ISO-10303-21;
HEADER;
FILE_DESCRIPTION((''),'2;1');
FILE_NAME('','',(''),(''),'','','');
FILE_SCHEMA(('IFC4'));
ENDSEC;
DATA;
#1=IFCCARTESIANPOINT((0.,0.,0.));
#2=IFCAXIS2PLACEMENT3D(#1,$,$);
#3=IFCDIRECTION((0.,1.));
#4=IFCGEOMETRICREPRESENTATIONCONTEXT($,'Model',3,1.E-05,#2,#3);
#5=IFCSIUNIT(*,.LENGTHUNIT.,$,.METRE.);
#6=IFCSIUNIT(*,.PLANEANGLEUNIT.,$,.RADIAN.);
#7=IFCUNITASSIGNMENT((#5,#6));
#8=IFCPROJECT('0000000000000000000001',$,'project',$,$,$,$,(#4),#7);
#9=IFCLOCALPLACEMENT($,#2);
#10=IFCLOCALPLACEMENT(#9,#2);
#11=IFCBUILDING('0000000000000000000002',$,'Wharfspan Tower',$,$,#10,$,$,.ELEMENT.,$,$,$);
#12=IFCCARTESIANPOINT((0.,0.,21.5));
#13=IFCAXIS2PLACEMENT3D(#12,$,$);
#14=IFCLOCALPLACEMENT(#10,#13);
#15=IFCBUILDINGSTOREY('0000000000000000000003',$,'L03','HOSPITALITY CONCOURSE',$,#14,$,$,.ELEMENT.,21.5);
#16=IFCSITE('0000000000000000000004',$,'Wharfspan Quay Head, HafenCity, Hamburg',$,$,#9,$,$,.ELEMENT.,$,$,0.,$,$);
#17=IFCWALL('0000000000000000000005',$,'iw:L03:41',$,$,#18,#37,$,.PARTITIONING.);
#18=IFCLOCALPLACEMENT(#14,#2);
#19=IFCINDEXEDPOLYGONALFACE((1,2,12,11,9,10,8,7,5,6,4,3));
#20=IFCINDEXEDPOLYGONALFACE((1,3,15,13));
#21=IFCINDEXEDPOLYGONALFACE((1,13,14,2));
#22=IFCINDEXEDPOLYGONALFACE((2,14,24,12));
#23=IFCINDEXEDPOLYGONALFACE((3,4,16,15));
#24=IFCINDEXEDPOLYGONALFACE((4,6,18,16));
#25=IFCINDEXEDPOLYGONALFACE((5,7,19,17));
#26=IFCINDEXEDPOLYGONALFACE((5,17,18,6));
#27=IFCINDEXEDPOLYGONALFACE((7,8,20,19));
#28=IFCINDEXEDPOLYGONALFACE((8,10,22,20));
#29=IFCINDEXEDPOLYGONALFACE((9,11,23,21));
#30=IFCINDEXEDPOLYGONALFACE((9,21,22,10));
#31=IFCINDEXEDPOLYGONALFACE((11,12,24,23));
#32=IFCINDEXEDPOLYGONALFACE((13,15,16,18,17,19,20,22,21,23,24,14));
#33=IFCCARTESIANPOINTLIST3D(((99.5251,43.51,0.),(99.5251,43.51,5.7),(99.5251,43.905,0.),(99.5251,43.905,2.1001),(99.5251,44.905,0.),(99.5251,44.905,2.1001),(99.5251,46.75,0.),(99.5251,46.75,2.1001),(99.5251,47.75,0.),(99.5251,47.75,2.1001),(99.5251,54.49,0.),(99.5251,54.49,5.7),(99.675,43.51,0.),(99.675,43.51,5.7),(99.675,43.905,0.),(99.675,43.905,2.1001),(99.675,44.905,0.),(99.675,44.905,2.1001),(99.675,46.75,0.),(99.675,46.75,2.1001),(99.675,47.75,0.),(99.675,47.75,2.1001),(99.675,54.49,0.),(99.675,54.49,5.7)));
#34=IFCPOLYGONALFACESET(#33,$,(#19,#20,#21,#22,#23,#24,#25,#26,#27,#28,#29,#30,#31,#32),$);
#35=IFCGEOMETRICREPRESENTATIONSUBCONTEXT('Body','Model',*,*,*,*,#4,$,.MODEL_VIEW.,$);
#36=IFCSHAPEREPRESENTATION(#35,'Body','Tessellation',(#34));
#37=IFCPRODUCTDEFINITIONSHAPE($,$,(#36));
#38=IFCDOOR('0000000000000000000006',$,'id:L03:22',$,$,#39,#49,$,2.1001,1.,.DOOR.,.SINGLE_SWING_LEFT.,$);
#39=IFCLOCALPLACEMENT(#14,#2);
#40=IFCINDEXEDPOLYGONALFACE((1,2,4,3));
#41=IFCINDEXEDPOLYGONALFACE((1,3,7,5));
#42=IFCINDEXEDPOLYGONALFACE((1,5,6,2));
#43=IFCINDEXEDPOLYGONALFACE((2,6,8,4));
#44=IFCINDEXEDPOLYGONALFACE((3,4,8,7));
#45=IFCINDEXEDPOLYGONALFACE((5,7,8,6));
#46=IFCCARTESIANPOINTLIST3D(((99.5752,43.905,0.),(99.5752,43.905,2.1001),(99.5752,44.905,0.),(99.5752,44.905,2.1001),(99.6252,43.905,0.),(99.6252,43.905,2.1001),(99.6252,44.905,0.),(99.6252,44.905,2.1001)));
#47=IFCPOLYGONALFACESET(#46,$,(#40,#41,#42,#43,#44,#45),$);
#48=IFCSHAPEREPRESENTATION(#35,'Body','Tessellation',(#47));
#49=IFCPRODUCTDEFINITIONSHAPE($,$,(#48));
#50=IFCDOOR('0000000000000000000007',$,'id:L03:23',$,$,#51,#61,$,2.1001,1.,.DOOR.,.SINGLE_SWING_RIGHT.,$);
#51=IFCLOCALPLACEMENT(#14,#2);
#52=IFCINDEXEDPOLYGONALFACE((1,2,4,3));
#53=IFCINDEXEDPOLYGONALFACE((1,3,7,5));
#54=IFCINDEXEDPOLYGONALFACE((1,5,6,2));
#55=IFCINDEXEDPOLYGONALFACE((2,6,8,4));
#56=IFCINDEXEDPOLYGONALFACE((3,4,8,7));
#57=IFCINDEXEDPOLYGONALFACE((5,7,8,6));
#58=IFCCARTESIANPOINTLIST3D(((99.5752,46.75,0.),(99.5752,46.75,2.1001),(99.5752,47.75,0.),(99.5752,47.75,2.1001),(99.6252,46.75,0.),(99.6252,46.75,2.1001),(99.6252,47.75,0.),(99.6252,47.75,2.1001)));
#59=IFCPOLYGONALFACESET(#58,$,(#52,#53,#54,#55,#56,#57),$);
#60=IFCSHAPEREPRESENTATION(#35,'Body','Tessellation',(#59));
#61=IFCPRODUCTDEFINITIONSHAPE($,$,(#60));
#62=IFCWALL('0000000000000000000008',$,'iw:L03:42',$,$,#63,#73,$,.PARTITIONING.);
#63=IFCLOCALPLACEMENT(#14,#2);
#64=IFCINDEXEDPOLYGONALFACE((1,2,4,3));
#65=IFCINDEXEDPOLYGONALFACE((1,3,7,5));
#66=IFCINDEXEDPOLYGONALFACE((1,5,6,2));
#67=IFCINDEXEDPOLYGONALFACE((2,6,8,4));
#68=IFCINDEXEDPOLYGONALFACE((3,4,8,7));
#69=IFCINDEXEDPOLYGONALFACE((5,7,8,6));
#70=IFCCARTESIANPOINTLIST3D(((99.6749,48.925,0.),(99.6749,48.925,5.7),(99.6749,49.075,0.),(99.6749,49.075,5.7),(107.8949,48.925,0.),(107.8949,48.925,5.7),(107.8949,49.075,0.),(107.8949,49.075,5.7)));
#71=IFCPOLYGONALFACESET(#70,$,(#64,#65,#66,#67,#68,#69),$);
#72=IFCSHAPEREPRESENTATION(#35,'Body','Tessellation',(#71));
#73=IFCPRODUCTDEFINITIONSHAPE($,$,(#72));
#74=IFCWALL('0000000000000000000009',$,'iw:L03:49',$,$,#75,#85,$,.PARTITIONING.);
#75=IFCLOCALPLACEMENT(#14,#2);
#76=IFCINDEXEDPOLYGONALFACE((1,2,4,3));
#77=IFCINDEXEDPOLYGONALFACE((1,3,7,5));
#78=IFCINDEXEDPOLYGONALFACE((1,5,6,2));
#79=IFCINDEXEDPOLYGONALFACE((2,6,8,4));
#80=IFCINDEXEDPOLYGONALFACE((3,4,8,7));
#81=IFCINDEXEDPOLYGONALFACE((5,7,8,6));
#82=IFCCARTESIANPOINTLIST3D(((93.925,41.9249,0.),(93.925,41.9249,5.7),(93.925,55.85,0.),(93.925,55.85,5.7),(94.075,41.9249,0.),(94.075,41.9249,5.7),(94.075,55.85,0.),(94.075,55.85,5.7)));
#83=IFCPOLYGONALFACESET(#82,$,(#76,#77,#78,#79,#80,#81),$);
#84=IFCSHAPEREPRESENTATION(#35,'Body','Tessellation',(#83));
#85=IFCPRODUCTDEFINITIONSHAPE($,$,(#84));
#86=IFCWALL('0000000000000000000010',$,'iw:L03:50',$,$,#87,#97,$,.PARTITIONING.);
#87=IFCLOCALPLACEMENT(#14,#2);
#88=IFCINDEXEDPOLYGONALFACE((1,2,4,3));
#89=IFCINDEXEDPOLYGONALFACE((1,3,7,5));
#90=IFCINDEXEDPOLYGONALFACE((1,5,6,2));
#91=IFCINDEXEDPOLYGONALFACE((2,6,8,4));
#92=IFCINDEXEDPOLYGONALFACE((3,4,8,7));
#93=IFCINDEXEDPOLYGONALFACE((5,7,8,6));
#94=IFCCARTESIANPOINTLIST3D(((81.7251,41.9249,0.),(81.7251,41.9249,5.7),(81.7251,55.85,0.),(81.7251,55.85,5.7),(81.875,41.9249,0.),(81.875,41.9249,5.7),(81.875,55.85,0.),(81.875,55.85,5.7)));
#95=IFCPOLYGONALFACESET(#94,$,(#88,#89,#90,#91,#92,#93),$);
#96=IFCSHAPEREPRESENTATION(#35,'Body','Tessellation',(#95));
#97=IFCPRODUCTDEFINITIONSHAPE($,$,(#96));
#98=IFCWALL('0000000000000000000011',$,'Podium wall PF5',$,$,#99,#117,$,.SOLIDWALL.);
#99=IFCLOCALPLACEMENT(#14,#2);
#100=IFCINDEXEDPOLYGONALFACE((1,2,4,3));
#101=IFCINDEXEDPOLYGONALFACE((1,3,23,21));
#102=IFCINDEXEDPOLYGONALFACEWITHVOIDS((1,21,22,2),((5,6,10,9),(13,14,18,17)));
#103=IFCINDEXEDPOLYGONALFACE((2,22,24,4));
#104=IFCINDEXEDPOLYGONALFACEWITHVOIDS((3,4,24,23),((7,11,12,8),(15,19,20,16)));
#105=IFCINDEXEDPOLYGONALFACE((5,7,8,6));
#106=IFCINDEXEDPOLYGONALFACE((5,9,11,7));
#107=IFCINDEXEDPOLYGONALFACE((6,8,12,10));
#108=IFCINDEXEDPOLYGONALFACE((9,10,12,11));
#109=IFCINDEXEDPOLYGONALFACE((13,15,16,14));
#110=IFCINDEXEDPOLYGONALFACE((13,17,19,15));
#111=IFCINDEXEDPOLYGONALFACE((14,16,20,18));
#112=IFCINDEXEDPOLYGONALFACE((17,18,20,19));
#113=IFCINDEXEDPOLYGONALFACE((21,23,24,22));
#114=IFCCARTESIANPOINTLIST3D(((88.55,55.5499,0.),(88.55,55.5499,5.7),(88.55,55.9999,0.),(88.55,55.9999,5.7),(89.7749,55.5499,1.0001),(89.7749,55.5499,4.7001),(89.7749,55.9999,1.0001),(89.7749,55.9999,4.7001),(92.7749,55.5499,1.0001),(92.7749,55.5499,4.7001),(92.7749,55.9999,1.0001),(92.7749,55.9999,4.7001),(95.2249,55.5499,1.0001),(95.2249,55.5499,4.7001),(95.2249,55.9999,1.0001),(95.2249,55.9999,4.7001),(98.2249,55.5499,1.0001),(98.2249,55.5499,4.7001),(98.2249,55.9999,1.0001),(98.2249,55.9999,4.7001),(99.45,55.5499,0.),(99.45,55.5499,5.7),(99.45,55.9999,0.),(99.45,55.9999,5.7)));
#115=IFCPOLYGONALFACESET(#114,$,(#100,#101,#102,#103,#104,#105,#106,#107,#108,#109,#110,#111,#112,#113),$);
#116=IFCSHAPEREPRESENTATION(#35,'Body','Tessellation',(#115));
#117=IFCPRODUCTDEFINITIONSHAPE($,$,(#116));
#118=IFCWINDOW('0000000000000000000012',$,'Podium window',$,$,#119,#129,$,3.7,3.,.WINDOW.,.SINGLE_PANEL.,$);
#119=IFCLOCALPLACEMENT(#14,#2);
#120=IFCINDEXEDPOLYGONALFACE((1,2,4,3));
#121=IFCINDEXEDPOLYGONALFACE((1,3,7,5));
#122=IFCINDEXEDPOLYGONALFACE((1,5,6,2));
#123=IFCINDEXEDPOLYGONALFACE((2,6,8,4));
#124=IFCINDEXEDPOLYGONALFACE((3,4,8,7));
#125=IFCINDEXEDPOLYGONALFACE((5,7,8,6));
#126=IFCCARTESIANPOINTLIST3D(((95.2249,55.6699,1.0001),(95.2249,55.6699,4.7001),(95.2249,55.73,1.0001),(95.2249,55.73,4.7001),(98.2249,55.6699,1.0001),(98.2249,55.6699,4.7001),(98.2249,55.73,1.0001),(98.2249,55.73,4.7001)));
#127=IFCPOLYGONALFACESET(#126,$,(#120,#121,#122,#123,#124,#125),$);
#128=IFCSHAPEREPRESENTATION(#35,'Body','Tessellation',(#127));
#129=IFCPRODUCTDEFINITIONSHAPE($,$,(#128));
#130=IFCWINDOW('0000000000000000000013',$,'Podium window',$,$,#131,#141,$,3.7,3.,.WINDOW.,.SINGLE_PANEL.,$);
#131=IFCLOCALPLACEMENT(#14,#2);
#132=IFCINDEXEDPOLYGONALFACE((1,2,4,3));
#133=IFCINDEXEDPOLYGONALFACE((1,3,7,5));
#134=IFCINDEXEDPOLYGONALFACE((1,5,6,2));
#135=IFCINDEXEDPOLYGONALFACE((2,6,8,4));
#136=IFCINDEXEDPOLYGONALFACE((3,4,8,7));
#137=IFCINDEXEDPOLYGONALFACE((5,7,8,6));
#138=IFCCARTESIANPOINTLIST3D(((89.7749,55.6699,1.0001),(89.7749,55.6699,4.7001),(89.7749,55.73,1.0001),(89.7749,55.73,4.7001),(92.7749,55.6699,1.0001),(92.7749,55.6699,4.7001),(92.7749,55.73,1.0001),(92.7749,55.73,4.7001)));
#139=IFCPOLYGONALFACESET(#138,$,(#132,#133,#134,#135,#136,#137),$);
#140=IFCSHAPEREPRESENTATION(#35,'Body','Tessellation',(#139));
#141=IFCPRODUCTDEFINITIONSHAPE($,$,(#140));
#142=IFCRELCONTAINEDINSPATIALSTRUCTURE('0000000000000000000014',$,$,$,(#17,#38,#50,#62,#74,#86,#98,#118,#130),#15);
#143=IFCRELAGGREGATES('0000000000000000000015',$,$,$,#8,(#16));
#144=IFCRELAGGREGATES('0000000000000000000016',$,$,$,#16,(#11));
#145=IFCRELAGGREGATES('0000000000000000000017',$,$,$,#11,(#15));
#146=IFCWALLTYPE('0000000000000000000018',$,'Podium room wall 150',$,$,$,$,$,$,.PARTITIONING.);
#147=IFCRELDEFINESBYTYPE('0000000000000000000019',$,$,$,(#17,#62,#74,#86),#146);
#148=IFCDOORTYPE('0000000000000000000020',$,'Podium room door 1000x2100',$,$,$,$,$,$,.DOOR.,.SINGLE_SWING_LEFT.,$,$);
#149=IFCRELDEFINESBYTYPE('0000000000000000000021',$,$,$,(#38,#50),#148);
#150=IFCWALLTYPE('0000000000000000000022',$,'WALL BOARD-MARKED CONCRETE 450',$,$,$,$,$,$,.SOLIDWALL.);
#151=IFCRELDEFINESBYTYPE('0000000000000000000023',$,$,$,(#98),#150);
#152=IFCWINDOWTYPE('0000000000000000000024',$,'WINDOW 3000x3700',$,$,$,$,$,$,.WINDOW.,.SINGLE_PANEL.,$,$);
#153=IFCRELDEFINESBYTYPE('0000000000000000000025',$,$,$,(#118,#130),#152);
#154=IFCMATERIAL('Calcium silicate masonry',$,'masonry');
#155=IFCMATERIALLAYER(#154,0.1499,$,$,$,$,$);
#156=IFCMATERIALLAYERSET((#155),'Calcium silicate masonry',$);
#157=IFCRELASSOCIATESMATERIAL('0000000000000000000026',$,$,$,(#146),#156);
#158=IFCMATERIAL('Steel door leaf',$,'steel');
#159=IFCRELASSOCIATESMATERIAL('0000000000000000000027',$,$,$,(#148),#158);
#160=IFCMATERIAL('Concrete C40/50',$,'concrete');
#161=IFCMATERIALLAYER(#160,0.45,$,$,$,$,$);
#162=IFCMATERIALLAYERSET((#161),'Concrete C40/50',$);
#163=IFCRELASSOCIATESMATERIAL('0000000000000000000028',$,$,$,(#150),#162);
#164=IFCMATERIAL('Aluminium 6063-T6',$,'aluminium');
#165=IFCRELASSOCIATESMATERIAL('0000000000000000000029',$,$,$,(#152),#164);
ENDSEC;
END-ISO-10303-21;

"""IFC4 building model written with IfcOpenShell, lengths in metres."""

from ifc_helpers import new_model, si_unit, direction, frame, frame_2d, origin, place, context, subcontext, project, spatial, rectangle, extrude, material, layer, layer_set, type_object, element, fill, save


model = new_model("IFC4")

# Units and contexts
model_context = context("Model", 3, precision=1e-05, world=origin(), true_north=direction((0.0, 1.0)))
body_context = subcontext(model_context, "Body", "Model", "MODEL_VIEW")
ifc_project = project(units=[si_unit("LENGTHUNIT", "METRE"), si_unit("PLANEANGLEUNIT", "RADIAN")], contexts=[model_context])

# Site, building, storey
site_placement = place(None, origin())
site = spatial("IfcSite", under=ifc_project, at=site_placement, Name="Wharfspan Quay Head, HafenCity, Hamburg", CompositionType="ELEMENT", RefElevation=0.0)
building_placement = place(site_placement, origin())
building = spatial("IfcBuilding", under=site, at=building_placement, Name="Wharfspan Tower", CompositionType="ELEMENT")
storey_placement = place(building_placement, frame((0.0, 0.0, 21.5)))
storey = spatial("IfcBuildingStorey", under=building, at=storey_placement, Name="L03", Description="HOSPITALITY CONCOURSE", CompositionType="ELEMENT", Elevation=21.5)

# Shared definitions
ifc_material_1 = material(Name="Calcium silicate masonry", Category="masonry")
ifc_layer_1 = layer(ifc_material_1, 0.1499)
ifc_layer_set_1 = layer_set([ifc_layer_1], Name="Calcium silicate masonry")
wall_type_1 = type_object("IfcWallType", Name="Podium room wall 150", PredefinedType="PARTITIONING", material=ifc_layer_set_1)
ifc_material_2 = material(Name="Steel door leaf", Category="steel")

# Wall, openings, doors
wall_1_placement = place(storey_placement, frame((99.6001, 43.51, 0.0), z_axis=(0.0, 0.0, 1.0), x_axis=(0.0, 1.0, 0.0)))
wall_1 = element("IfcWall", 1, at=wall_1_placement, inside=storey, type_object=wall_type_1, Name="iw:L03:41", PredefinedType="PARTITIONING", context=body_context, shape_type="SweptSolid", body=[
    extrude(rectangle(XDim=10.98, YDim=0.1499, at=frame_2d((5.49, 0.0))), origin(), (0.0, 0.0, 1.0), 5.7),
])
opening_1_placement = place(wall_1_placement, frame((0.395, 0.0, 0.0)))
opening_1 = element("IfcOpeningElement", 2, at=opening_1_placement, cuts=wall_1, PredefinedType="OPENING", context=body_context, shape_type="SweptSolid", body=[
    extrude(rectangle(XDim=1.0, YDim=2.1001, at=frame_2d((0.5, 1.05))), frame((0.0, 0.085, 0.0), z_axis=(0.0, -1.0, 0.0), x_axis=(1.0, 0.0, 0.0)), (0.0, 0.0, 1.0), 0.1699),
])
opening_2_placement = place(wall_1_placement, frame((3.24, 0.0, 0.0)))
opening_2 = element("IfcOpeningElement", 3, at=opening_2_placement, cuts=wall_1, PredefinedType="OPENING", context=body_context, shape_type="SweptSolid", body=[
    extrude(rectangle(XDim=1.0, YDim=2.1001, at=frame_2d((0.5, 1.05))), frame((0.0, 0.085, 0.0), z_axis=(0.0, -1.0, 0.0), x_axis=(1.0, 0.0, 0.0)), (0.0, 0.0, 1.0), 0.1699),
])
door_type_1 = type_object("IfcDoorType", Name="Podium room door 1000x2100", OperationType="SINGLE_SWING_LEFT", PredefinedType="DOOR", material=ifc_material_2)
door_1_placement = place(opening_1_placement, origin())
door_1 = element("IfcDoor", 4, at=door_1_placement, inside=storey, type_object=door_type_1, Name="id:L03:22", OperationType="SINGLE_SWING_LEFT", OverallHeight=2.1001, OverallWidth=1.0, PredefinedType="DOOR", context=body_context, shape_type="SweptSolid", body=[
    extrude(rectangle(XDim=1.0, YDim=2.1001, at=frame_2d((0.5, 1.05))), frame((0.0, 0.0249, 0.0), z_axis=(0.0, -1.0, 0.0), x_axis=(1.0, 0.0, 0.0)), (0.0, 0.0, 1.0), 0.05),
])
fill(opening_1, door_1)
door_2_placement = place(opening_2_placement, origin())
door_2 = element("IfcDoor", 5, at=door_2_placement, inside=storey, type_object=door_type_1, Name="id:L03:23", OperationType="SINGLE_SWING_RIGHT", OverallHeight=2.1001, OverallWidth=1.0, PredefinedType="DOOR", context=body_context, shape_type="SweptSolid", body=[
    extrude(rectangle(XDim=1.0, YDim=2.1001, at=frame_2d((0.5, 1.05))), frame((0.0, 0.0249, 0.0), z_axis=(0.0, -1.0, 0.0), x_axis=(1.0, 0.0, 0.0)), (0.0, 0.0, 1.0), 0.05),
])
fill(opening_2, door_2)

# Walls
wall_2_placement = place(storey_placement, frame((99.675, 49.0, 0.0), z_axis=(0.0, 0.0, 1.0), x_axis=(1.0, 0.0, 0.0)))
element("IfcWall", 6, at=wall_2_placement, inside=storey, type_object=wall_type_1, Name="iw:L03:42", PredefinedType="PARTITIONING", context=body_context, shape_type="SweptSolid", body=[
    extrude(rectangle(XDim=8.22, YDim=0.1499, at=frame_2d((4.1099, 0.0))), origin(), (0.0, 0.0, 1.0), 5.7),
])
for number, where, z_axis, x_axis, name in (
    (7, (94.0, 41.925, 0.0), (0.0, 0.0, 1.0), (0.0, 1.0, 0.0), "iw:L03:49"),
    (8, (81.8, 41.925, 0.0), (0.0, 0.0, 1.0), (0.0, 1.0, 0.0), "iw:L03:50"),
):
    element("IfcWall", number, at=place(storey_placement, frame(where, z_axis=z_axis, x_axis=x_axis)), inside=storey, type_object=wall_type_1, Name=name, PredefinedType="PARTITIONING", context=body_context, shape_type="SweptSolid", body=[
        extrude(rectangle(XDim=13.925, YDim=0.1499, at=frame_2d((6.9624, 0.0))), origin(), (0.0, 0.0, 1.0), 5.7),
    ])

# Wall, openings, windows
ifc_material_3 = material(Name="Concrete C40/50", Category="concrete")
ifc_layer_2 = layer(ifc_material_3, 0.45)
ifc_layer_set_2 = layer_set([ifc_layer_2], Name="Concrete C40/50")
wall_type_2 = type_object("IfcWallType", Name="WALL BOARD-MARKED CONCRETE 450", PredefinedType="SOLIDWALL", material=ifc_layer_set_2)
wall_3_placement = place(storey_placement, frame((99.45, 55.7749, 0.0), z_axis=(0.0, 0.0, 1.0), x_axis=(-1.0, 0.0, 0.0)))
wall_3 = element("IfcWall", 9, at=wall_3_placement, inside=storey, type_object=wall_type_2, Name="Podium wall PF5", PredefinedType="SOLIDWALL", context=body_context, shape_type="SweptSolid", body=[
    extrude(rectangle(XDim=10.8999, YDim=0.45, at=frame_2d((5.45, 0.0))), origin(), (0.0, 0.0, 1.0), 5.7),
])
opening_3_placement = place(wall_3_placement, frame((1.2251, 0.0, 1.0)))
opening_3 = element("IfcOpeningElement", 10, at=opening_3_placement, cuts=wall_3, PredefinedType="OPENING", context=body_context, shape_type="SweptSolid", body=[
    extrude(rectangle(XDim=3.0, YDim=3.7, at=frame_2d((1.5, 1.8501))), frame((0.0, 0.2349, 0.0), z_axis=(0.0, -1.0, 0.0), x_axis=(1.0, 0.0, 0.0)), (0.0, 0.0, 1.0), 0.47),
])
opening_4_placement = place(wall_3_placement, frame((6.675, 0.0, 1.0)))
opening_4 = element("IfcOpeningElement", 11, at=opening_4_placement, cuts=wall_3, PredefinedType="OPENING", context=body_context, shape_type="SweptSolid", body=[
    extrude(rectangle(XDim=3.0, YDim=3.7, at=frame_2d((1.5, 1.8501))), frame((0.0, 0.2349, 0.0), z_axis=(0.0, -1.0, 0.0), x_axis=(1.0, 0.0, 0.0)), (0.0, 0.0, 1.0), 0.47),
])
ifc_material_4 = material(Name="Aluminium 6063-T6", Category="aluminium")
window_type = type_object("IfcWindowType", Name="WINDOW 3000x3700", PartitioningType="SINGLE_PANEL", PredefinedType="WINDOW", material=ifc_material_4)
window_1_placement = place(opening_3_placement, origin())
window_1 = element("IfcWindow", 12, at=window_1_placement, inside=storey, type_object=window_type, Name="Podium window", OverallHeight=3.7, OverallWidth=3.0, PartitioningType="SINGLE_PANEL", PredefinedType="WINDOW", context=body_context, shape_type="SweptSolid", body=[
    extrude(rectangle(XDim=3.0, YDim=3.7, at=frame_2d((1.5, 1.8501))), frame((0.0, 0.105, 0.0), z_axis=(0.0, -1.0, 0.0), x_axis=(1.0, 0.0, 0.0)), (0.0, 0.0, 1.0), 0.0601),
])
fill(opening_3, window_1)
window_2_placement = place(opening_4_placement, origin())
window_2 = element("IfcWindow", 13, at=window_2_placement, inside=storey, type_object=window_type, Name="Podium window", OverallHeight=3.7, OverallWidth=3.0, PartitioningType="SINGLE_PANEL", PredefinedType="WINDOW", context=body_context, shape_type="SweptSolid", body=[
    extrude(rectangle(XDim=3.0, YDim=3.7, at=frame_2d((1.5, 1.8501))), frame((0.0, 0.105, 0.0), z_axis=(0.0, -1.0, 0.0), x_axis=(1.0, 0.0, 0.0)), (0.0, 0.0, 1.0), 0.0601),
])
fill(opening_4, window_2)

save(model, "model.ifc")
